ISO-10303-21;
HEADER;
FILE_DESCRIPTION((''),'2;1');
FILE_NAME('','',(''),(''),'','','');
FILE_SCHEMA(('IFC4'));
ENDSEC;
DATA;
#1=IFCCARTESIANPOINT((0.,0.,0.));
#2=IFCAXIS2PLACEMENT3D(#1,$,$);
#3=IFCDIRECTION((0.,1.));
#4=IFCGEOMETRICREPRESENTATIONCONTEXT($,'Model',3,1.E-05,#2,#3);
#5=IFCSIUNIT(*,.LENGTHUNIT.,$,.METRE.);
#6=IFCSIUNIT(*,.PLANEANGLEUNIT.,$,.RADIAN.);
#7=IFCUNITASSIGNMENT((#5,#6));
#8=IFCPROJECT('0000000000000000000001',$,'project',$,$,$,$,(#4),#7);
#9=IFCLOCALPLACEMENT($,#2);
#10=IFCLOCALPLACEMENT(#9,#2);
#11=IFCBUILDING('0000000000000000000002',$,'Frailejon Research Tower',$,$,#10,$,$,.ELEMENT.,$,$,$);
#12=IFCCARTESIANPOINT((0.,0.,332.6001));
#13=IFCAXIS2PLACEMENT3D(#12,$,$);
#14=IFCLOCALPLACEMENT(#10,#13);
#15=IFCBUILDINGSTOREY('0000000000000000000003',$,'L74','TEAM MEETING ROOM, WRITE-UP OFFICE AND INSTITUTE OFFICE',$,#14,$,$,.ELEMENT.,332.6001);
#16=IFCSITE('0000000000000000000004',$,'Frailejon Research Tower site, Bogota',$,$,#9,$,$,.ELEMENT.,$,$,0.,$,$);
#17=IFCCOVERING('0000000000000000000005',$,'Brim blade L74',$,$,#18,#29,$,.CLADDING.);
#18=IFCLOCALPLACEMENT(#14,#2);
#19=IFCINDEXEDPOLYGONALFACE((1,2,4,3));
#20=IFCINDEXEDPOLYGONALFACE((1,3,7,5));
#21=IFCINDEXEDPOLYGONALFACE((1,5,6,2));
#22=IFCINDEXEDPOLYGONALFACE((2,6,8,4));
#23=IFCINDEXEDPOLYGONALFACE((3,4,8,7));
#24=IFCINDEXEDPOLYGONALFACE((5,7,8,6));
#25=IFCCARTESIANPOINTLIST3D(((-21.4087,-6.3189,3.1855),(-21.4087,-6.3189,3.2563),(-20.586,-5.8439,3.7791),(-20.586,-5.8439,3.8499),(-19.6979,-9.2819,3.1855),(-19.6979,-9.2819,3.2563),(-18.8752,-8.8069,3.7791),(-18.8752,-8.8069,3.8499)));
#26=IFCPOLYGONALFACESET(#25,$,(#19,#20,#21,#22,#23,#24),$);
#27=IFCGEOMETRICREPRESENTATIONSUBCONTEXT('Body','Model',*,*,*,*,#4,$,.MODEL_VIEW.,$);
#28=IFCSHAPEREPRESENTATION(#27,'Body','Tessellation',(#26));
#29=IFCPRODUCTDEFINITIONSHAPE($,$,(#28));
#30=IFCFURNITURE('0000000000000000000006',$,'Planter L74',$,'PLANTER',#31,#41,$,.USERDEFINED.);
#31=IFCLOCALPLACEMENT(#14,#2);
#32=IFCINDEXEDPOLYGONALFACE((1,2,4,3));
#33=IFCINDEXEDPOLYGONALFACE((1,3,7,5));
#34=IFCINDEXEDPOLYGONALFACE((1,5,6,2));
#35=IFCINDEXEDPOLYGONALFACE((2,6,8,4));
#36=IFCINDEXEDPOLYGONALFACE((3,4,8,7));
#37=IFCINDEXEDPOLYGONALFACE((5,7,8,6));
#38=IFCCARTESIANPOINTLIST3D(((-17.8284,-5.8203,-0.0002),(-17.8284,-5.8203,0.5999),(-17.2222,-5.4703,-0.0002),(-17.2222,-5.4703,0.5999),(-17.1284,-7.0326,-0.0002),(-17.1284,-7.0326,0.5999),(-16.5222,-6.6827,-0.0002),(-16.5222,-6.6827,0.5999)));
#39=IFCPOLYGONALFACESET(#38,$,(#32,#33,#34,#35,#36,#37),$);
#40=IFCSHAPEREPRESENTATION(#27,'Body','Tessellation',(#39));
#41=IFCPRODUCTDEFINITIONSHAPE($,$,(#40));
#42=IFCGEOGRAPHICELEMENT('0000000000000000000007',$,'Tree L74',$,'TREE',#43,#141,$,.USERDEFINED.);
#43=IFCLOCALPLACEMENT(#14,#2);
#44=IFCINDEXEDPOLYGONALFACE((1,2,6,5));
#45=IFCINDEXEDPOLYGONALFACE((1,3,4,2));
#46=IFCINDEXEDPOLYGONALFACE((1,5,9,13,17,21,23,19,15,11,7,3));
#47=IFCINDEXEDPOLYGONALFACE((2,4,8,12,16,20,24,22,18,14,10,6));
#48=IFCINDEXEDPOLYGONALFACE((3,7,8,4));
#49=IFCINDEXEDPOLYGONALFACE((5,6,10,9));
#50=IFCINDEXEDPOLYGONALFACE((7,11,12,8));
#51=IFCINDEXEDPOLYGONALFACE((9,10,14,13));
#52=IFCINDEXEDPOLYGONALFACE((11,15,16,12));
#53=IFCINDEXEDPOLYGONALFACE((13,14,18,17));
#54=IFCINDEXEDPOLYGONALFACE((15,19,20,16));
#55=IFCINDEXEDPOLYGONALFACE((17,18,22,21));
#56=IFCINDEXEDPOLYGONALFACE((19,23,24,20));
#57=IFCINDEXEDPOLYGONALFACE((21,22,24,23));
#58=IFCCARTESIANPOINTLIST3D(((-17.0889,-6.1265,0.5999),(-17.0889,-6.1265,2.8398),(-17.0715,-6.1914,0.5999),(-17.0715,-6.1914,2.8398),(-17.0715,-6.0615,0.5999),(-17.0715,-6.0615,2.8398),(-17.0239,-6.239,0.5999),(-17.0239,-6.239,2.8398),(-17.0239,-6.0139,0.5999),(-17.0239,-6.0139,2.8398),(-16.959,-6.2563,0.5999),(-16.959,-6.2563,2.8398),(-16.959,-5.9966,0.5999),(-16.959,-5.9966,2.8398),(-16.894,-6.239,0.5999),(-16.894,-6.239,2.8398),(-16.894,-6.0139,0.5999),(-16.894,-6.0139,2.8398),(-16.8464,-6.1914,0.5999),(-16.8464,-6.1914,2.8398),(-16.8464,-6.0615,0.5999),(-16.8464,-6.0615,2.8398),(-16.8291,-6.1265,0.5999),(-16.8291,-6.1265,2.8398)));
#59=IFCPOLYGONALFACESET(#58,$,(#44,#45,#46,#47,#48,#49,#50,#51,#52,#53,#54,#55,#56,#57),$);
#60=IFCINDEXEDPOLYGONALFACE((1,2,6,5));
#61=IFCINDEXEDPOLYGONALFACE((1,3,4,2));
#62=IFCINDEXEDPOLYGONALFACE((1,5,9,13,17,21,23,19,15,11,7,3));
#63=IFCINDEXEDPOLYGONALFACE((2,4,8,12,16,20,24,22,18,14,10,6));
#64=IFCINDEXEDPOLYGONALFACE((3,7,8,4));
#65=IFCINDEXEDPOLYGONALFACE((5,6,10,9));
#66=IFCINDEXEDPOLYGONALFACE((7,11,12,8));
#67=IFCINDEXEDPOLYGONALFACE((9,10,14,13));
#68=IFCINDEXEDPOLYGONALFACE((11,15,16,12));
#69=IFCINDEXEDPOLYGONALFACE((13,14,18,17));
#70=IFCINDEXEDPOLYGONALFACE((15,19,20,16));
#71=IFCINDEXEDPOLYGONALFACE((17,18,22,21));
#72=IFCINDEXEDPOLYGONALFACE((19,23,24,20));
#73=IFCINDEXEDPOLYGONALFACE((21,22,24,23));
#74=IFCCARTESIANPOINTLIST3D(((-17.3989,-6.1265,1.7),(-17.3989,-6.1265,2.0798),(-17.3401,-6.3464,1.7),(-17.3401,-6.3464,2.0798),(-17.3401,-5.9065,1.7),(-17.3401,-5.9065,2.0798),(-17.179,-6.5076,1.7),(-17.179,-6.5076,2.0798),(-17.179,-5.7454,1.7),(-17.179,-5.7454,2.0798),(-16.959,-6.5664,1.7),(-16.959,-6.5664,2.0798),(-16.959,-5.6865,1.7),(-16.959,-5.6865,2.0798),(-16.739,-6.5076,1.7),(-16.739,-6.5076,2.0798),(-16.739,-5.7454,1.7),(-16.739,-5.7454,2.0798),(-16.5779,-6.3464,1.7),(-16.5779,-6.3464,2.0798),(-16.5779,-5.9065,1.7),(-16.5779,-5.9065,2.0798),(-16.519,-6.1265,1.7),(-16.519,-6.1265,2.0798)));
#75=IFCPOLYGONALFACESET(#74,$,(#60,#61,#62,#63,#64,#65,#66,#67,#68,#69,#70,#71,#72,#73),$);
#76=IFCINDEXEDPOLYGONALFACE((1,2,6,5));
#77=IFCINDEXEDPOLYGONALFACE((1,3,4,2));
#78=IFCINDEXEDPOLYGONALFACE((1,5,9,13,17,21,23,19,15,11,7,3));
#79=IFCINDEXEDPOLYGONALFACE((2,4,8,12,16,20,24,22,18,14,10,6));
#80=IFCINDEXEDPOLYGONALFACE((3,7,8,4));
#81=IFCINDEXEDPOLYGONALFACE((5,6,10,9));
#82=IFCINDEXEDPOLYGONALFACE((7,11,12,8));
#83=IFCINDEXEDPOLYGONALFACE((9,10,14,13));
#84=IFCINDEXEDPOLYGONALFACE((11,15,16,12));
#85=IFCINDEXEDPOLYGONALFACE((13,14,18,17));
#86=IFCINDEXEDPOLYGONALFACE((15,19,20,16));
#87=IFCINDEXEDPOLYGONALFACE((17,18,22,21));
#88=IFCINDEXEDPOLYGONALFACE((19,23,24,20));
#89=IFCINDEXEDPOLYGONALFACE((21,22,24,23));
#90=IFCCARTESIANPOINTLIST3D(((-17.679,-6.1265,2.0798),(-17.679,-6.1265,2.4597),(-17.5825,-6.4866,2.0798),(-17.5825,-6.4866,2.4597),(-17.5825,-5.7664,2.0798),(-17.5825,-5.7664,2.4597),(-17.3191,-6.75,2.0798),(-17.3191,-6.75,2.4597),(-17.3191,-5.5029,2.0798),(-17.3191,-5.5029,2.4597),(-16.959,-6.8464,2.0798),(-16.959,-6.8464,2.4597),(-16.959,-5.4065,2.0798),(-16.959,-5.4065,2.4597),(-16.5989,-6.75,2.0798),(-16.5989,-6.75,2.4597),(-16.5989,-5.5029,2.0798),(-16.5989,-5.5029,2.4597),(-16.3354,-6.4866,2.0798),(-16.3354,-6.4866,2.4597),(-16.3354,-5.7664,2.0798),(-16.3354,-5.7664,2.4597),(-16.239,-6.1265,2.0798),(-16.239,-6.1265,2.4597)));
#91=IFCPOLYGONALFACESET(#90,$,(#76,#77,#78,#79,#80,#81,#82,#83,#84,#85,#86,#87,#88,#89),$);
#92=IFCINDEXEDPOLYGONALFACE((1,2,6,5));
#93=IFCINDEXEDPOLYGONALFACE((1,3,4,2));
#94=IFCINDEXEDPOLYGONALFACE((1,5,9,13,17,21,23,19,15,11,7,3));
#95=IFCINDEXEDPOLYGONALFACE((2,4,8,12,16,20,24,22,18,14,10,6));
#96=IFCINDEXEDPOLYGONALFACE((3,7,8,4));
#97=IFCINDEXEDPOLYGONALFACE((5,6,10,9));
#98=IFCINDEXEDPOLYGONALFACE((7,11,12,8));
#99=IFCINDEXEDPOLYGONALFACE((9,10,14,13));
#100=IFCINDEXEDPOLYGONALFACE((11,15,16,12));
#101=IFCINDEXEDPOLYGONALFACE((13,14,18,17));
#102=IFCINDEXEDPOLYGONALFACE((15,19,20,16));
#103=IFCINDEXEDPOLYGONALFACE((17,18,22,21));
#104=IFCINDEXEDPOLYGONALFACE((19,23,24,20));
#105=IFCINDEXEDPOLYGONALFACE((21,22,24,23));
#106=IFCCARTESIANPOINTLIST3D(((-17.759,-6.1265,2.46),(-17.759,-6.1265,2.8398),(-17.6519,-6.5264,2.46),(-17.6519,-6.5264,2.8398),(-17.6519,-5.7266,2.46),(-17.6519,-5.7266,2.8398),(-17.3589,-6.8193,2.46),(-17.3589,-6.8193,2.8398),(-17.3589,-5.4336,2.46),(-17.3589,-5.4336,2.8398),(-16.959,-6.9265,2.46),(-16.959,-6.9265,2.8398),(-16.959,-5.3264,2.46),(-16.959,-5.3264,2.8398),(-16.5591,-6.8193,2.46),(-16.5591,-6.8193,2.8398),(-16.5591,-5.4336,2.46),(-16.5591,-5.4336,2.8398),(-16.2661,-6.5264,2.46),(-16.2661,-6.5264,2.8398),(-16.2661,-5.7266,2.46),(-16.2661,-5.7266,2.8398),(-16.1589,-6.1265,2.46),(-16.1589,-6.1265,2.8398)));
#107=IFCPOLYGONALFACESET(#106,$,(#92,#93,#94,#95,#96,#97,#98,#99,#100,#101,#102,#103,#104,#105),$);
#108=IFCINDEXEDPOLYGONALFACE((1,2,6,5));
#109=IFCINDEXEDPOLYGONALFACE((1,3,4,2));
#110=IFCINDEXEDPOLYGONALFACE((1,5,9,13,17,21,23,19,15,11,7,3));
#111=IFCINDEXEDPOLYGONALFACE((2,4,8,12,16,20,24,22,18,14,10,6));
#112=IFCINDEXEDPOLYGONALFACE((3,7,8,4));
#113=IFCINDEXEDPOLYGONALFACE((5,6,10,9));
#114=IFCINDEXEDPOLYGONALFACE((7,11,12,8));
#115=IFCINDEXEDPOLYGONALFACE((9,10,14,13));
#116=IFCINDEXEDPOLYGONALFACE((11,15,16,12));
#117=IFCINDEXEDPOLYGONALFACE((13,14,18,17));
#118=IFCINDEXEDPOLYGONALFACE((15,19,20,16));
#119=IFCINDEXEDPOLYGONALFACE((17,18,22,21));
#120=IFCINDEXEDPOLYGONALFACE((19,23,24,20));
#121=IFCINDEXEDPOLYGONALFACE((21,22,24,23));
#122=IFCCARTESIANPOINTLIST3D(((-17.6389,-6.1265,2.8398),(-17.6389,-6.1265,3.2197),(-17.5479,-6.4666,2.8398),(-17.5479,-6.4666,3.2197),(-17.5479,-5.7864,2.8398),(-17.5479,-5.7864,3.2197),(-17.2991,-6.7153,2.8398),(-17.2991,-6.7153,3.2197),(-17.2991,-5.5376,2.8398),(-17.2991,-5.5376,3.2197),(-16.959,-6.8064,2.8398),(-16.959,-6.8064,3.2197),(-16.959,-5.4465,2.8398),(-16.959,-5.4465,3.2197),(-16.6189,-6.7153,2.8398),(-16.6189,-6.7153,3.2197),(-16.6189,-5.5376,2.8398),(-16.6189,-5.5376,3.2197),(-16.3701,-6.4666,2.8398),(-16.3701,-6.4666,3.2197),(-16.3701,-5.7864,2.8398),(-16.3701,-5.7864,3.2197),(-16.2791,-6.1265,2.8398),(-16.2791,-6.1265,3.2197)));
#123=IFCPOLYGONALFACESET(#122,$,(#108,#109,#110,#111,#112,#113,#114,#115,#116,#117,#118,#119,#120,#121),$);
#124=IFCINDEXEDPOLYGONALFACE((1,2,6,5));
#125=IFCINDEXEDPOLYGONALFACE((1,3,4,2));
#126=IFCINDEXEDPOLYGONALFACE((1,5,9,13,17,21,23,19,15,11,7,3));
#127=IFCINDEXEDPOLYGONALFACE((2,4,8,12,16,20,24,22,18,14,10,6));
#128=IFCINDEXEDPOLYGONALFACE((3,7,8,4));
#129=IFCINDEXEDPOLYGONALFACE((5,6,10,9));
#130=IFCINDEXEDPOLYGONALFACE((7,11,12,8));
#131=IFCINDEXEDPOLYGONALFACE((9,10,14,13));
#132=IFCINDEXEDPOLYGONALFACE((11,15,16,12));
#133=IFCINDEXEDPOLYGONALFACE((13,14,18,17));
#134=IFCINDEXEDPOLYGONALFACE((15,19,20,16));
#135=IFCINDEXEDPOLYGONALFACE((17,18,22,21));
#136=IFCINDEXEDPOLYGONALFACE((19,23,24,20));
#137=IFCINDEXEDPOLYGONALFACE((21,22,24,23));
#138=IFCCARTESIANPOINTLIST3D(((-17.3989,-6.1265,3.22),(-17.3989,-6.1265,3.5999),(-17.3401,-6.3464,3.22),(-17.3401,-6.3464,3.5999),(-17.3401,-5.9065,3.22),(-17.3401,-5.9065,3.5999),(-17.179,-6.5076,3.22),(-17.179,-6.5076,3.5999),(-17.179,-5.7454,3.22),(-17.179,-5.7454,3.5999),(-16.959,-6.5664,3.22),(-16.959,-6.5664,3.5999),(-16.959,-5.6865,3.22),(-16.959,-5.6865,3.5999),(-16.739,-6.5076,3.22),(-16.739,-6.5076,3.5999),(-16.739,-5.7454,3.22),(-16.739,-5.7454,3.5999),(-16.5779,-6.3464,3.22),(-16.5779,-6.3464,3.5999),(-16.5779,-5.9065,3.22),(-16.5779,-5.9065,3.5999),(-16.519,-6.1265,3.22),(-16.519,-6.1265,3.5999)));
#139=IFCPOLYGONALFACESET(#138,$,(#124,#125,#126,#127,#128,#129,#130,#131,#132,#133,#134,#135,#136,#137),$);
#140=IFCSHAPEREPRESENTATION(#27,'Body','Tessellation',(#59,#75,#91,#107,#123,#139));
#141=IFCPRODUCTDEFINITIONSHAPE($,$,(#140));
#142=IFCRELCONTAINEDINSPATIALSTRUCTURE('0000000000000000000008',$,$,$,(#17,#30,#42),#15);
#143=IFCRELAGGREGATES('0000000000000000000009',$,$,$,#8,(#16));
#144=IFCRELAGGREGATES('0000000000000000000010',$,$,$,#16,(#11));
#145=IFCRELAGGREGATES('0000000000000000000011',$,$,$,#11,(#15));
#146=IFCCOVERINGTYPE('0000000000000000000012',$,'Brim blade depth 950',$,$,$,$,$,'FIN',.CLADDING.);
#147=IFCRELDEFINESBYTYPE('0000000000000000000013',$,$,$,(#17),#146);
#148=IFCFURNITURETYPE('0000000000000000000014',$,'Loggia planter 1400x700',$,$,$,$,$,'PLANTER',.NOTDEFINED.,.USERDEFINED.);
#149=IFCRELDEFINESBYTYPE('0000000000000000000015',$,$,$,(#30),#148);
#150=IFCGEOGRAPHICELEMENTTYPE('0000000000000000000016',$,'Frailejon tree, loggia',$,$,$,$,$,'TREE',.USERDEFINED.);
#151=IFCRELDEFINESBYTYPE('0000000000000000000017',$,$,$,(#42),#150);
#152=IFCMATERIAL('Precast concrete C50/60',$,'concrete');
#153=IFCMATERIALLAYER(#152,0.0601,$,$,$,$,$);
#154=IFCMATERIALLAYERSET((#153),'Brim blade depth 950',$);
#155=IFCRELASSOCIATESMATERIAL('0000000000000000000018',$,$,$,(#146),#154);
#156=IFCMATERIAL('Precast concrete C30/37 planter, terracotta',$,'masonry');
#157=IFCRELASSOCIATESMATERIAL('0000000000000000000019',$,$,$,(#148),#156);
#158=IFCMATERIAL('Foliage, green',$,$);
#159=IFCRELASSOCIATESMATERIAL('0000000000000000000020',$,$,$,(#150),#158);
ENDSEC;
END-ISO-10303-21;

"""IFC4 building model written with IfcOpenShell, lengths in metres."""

from ifc_helpers import new_model, si_unit, direction, frame, origin, origin_2d, place, context, subcontext, project, spatial, polyline, rectangle, outline, extrude, material, layer, layer_set, type_object, element, save


model = new_model("IFC4")

# Units and contexts
model_context = context("Model", 3, precision=1e-05, world=origin(), true_north=direction((0.0, 1.0)))
body_context = subcontext(model_context, "Body", "Model", "MODEL_VIEW")
ifc_project = project(units=[si_unit("LENGTHUNIT", "METRE"), si_unit("PLANEANGLEUNIT", "RADIAN")], contexts=[model_context])

# Site, building, storey
site_placement = place(None, origin())
site = spatial("IfcSite", under=ifc_project, at=site_placement, Name="Frailejon Research Tower site, Bogota", CompositionType="ELEMENT", RefElevation=0.0)
building_placement = place(site_placement, origin())
building = spatial("IfcBuilding", under=site, at=building_placement, Name="Frailejon Research Tower", CompositionType="ELEMENT")
storey_placement = place(building_placement, frame((0.0, 0.0, 332.6001)))
storey = spatial("IfcBuildingStorey", under=building, at=storey_placement, Name="L74", Description="TEAM MEETING ROOM, WRITE-UP OFFICE AND INSTITUTE OFFICE", CompositionType="ELEMENT", Elevation=332.6001)

# Covering
ifc_material_1 = material(Name="Precast concrete C50/60", Category="concrete")
ifc_layer_1 = layer(ifc_material_1, 0.0601)
ifc_layer_set_1 = layer_set([ifc_layer_1], Name="Brim blade depth 950")
covering_type_1 = type_object("IfcCoveringType", Name="Brim blade depth 950", ElementType="FIN", PredefinedType="CLADDING", material=ifc_layer_set_1)
covering_1_placement = place(storey_placement, frame((-18.8752, -8.8069, 3.8499), z_axis=(-0.500015, 0.866017, 0.0), x_axis=(-0.866017, -0.500015, 0.0)))
element("IfcCovering", 1, at=covering_1_placement, inside=storey, type_object=covering_type_1, Name="Brim blade L74", PredefinedType="CLADDING", context=body_context, shape_type="SweptSolid", body=[
    extrude(outline(polyline([(0.0, -0.0708), (0.95, -0.6643), (0.95, -0.5935), (0.0, 0.0), (0.0, -0.0708)])), origin(), (0.0, 0.0, 1.0), 3.4214),
])

# Furniture
ifc_material_2 = material(Name="Precast concrete C30/37 planter, terracotta", Category="masonry")
furniture_type = type_object("IfcFurnitureType", Name="Loggia planter 1400x700", ElementType="PLANTER", AssemblyPlace="NOTDEFINED", PredefinedType="USERDEFINED", material=ifc_material_2)
furniture_placement = place(storey_placement, frame((-17.1753, -6.2515, -0.0002), z_axis=(0.0, 0.0, 1.0), x_axis=(0.5, -0.866025, 0.0)))
element("IfcFurniture", 2, at=furniture_placement, inside=storey, type_object=furniture_type, Name="Planter L74", ObjectType="PLANTER", PredefinedType="USERDEFINED", context=body_context, shape_type="SweptSolid", body=[
    extrude(rectangle(XDim=1.3999, YDim=0.7, at=origin_2d()), origin(), (0.0, 0.0, 1.0), 0.6001),
])

# Geographic element
ifc_material_3 = material(Name="Foliage, green")
geographic_element_type = type_object("IfcGeographicElementType", Name="Frailejon tree, loggia", ElementType="TREE", PredefinedType="USERDEFINED", material=ifc_material_3)
geographic_element_placement = place(storey_placement, frame((-16.959, -6.1265, 0.5999)))
element("IfcGeographicElement", 3, at=geographic_element_placement, inside=storey, type_object=geographic_element_type, Name="Tree L74", ObjectType="TREE", PredefinedType="USERDEFINED", context=body_context, shape_type="SweptSolid", body=[
    extrude(outline(polyline([(0.1299, 0.0), (0.1125, 0.0649), (0.0649, 0.1125), (0.0, 0.1299), (-0.0649, 0.1125), (-0.1125, 0.0649), (-0.1299, 0.0), (-0.1125, -0.0649), (-0.0649, -0.1125), (0.0, -0.1299), (0.0649, -0.1125), (0.1125, -0.0649), (0.1299, 0.0)])), origin(), (0.0, 0.0, 1.0), 2.24),
    extrude(outline(polyline([(0.4399, 0.0), (0.3811, 0.22), (0.22, 0.3811), (0.0, 0.4399), (-0.22, 0.3811), (-0.3811, 0.22), (-0.4399, 0.0), (-0.3811, -0.22), (-0.22, -0.3811), (0.0, -0.4399), (0.22, -0.3811), (0.3811, -0.22), (0.4399, 0.0)])), frame((0.0, 0.0, 1.1001)), (0.0, 0.0, 1.0), 0.3799),
    extrude(outline(polyline([(0.72, 0.0), (0.6235, 0.3601), (0.3601, 0.6235), (0.0, 0.72), (-0.3601, 0.6235), (-0.6235, 0.3601), (-0.72, 0.0), (-0.6235, -0.3601), (-0.3601, -0.6235), (0.0, -0.72), (0.3601, -0.6235), (0.6235, -0.3601), (0.72, 0.0)])), frame((0.0, 0.0, 1.48)), (0.0, 0.0, 1.0), 0.3799),
    extrude(outline(polyline([(0.8, 0.0), (0.6929, 0.3999), (0.3999, 0.6929), (0.0, 0.8), (-0.3999, 0.6929), (-0.6929, 0.3999), (-0.8, 0.0), (-0.6929, -0.3999), (-0.3999, -0.6929), (0.0, -0.8), (0.3999, -0.6929), (0.6929, -0.3999), (0.8, 0.0)])), frame((0.0, 0.0, 1.8601)), (0.0, 0.0, 1.0), 0.3799),
    extrude(outline(polyline([(0.6799, 0.0), (0.5889, 0.3401), (0.3401, 0.5889), (0.0, 0.6799), (-0.3401, 0.5889), (-0.5889, 0.3401), (-0.6799, 0.0), (-0.5889, -0.3401), (-0.3401, -0.5889), (0.0, -0.6799), (0.3401, -0.5889), (0.5889, -0.3401), (0.6799, 0.0)])), frame((0.0, 0.0, 2.24)), (0.0, 0.0, 1.0), 0.3799),
    extrude(outline(polyline([(0.4399, 0.0), (0.3811, 0.22), (0.22, 0.3811), (0.0, 0.4399), (-0.22, 0.3811), (-0.3811, 0.22), (-0.4399, 0.0), (-0.3811, -0.22), (-0.22, -0.3811), (0.0, -0.4399), (0.22, -0.3811), (0.3811, -0.22), (0.4399, 0.0)])), frame((0.0, 0.0, 2.6201)), (0.0, 0.0, 1.0), 0.3799),
])

save(model, "model.ifc")
